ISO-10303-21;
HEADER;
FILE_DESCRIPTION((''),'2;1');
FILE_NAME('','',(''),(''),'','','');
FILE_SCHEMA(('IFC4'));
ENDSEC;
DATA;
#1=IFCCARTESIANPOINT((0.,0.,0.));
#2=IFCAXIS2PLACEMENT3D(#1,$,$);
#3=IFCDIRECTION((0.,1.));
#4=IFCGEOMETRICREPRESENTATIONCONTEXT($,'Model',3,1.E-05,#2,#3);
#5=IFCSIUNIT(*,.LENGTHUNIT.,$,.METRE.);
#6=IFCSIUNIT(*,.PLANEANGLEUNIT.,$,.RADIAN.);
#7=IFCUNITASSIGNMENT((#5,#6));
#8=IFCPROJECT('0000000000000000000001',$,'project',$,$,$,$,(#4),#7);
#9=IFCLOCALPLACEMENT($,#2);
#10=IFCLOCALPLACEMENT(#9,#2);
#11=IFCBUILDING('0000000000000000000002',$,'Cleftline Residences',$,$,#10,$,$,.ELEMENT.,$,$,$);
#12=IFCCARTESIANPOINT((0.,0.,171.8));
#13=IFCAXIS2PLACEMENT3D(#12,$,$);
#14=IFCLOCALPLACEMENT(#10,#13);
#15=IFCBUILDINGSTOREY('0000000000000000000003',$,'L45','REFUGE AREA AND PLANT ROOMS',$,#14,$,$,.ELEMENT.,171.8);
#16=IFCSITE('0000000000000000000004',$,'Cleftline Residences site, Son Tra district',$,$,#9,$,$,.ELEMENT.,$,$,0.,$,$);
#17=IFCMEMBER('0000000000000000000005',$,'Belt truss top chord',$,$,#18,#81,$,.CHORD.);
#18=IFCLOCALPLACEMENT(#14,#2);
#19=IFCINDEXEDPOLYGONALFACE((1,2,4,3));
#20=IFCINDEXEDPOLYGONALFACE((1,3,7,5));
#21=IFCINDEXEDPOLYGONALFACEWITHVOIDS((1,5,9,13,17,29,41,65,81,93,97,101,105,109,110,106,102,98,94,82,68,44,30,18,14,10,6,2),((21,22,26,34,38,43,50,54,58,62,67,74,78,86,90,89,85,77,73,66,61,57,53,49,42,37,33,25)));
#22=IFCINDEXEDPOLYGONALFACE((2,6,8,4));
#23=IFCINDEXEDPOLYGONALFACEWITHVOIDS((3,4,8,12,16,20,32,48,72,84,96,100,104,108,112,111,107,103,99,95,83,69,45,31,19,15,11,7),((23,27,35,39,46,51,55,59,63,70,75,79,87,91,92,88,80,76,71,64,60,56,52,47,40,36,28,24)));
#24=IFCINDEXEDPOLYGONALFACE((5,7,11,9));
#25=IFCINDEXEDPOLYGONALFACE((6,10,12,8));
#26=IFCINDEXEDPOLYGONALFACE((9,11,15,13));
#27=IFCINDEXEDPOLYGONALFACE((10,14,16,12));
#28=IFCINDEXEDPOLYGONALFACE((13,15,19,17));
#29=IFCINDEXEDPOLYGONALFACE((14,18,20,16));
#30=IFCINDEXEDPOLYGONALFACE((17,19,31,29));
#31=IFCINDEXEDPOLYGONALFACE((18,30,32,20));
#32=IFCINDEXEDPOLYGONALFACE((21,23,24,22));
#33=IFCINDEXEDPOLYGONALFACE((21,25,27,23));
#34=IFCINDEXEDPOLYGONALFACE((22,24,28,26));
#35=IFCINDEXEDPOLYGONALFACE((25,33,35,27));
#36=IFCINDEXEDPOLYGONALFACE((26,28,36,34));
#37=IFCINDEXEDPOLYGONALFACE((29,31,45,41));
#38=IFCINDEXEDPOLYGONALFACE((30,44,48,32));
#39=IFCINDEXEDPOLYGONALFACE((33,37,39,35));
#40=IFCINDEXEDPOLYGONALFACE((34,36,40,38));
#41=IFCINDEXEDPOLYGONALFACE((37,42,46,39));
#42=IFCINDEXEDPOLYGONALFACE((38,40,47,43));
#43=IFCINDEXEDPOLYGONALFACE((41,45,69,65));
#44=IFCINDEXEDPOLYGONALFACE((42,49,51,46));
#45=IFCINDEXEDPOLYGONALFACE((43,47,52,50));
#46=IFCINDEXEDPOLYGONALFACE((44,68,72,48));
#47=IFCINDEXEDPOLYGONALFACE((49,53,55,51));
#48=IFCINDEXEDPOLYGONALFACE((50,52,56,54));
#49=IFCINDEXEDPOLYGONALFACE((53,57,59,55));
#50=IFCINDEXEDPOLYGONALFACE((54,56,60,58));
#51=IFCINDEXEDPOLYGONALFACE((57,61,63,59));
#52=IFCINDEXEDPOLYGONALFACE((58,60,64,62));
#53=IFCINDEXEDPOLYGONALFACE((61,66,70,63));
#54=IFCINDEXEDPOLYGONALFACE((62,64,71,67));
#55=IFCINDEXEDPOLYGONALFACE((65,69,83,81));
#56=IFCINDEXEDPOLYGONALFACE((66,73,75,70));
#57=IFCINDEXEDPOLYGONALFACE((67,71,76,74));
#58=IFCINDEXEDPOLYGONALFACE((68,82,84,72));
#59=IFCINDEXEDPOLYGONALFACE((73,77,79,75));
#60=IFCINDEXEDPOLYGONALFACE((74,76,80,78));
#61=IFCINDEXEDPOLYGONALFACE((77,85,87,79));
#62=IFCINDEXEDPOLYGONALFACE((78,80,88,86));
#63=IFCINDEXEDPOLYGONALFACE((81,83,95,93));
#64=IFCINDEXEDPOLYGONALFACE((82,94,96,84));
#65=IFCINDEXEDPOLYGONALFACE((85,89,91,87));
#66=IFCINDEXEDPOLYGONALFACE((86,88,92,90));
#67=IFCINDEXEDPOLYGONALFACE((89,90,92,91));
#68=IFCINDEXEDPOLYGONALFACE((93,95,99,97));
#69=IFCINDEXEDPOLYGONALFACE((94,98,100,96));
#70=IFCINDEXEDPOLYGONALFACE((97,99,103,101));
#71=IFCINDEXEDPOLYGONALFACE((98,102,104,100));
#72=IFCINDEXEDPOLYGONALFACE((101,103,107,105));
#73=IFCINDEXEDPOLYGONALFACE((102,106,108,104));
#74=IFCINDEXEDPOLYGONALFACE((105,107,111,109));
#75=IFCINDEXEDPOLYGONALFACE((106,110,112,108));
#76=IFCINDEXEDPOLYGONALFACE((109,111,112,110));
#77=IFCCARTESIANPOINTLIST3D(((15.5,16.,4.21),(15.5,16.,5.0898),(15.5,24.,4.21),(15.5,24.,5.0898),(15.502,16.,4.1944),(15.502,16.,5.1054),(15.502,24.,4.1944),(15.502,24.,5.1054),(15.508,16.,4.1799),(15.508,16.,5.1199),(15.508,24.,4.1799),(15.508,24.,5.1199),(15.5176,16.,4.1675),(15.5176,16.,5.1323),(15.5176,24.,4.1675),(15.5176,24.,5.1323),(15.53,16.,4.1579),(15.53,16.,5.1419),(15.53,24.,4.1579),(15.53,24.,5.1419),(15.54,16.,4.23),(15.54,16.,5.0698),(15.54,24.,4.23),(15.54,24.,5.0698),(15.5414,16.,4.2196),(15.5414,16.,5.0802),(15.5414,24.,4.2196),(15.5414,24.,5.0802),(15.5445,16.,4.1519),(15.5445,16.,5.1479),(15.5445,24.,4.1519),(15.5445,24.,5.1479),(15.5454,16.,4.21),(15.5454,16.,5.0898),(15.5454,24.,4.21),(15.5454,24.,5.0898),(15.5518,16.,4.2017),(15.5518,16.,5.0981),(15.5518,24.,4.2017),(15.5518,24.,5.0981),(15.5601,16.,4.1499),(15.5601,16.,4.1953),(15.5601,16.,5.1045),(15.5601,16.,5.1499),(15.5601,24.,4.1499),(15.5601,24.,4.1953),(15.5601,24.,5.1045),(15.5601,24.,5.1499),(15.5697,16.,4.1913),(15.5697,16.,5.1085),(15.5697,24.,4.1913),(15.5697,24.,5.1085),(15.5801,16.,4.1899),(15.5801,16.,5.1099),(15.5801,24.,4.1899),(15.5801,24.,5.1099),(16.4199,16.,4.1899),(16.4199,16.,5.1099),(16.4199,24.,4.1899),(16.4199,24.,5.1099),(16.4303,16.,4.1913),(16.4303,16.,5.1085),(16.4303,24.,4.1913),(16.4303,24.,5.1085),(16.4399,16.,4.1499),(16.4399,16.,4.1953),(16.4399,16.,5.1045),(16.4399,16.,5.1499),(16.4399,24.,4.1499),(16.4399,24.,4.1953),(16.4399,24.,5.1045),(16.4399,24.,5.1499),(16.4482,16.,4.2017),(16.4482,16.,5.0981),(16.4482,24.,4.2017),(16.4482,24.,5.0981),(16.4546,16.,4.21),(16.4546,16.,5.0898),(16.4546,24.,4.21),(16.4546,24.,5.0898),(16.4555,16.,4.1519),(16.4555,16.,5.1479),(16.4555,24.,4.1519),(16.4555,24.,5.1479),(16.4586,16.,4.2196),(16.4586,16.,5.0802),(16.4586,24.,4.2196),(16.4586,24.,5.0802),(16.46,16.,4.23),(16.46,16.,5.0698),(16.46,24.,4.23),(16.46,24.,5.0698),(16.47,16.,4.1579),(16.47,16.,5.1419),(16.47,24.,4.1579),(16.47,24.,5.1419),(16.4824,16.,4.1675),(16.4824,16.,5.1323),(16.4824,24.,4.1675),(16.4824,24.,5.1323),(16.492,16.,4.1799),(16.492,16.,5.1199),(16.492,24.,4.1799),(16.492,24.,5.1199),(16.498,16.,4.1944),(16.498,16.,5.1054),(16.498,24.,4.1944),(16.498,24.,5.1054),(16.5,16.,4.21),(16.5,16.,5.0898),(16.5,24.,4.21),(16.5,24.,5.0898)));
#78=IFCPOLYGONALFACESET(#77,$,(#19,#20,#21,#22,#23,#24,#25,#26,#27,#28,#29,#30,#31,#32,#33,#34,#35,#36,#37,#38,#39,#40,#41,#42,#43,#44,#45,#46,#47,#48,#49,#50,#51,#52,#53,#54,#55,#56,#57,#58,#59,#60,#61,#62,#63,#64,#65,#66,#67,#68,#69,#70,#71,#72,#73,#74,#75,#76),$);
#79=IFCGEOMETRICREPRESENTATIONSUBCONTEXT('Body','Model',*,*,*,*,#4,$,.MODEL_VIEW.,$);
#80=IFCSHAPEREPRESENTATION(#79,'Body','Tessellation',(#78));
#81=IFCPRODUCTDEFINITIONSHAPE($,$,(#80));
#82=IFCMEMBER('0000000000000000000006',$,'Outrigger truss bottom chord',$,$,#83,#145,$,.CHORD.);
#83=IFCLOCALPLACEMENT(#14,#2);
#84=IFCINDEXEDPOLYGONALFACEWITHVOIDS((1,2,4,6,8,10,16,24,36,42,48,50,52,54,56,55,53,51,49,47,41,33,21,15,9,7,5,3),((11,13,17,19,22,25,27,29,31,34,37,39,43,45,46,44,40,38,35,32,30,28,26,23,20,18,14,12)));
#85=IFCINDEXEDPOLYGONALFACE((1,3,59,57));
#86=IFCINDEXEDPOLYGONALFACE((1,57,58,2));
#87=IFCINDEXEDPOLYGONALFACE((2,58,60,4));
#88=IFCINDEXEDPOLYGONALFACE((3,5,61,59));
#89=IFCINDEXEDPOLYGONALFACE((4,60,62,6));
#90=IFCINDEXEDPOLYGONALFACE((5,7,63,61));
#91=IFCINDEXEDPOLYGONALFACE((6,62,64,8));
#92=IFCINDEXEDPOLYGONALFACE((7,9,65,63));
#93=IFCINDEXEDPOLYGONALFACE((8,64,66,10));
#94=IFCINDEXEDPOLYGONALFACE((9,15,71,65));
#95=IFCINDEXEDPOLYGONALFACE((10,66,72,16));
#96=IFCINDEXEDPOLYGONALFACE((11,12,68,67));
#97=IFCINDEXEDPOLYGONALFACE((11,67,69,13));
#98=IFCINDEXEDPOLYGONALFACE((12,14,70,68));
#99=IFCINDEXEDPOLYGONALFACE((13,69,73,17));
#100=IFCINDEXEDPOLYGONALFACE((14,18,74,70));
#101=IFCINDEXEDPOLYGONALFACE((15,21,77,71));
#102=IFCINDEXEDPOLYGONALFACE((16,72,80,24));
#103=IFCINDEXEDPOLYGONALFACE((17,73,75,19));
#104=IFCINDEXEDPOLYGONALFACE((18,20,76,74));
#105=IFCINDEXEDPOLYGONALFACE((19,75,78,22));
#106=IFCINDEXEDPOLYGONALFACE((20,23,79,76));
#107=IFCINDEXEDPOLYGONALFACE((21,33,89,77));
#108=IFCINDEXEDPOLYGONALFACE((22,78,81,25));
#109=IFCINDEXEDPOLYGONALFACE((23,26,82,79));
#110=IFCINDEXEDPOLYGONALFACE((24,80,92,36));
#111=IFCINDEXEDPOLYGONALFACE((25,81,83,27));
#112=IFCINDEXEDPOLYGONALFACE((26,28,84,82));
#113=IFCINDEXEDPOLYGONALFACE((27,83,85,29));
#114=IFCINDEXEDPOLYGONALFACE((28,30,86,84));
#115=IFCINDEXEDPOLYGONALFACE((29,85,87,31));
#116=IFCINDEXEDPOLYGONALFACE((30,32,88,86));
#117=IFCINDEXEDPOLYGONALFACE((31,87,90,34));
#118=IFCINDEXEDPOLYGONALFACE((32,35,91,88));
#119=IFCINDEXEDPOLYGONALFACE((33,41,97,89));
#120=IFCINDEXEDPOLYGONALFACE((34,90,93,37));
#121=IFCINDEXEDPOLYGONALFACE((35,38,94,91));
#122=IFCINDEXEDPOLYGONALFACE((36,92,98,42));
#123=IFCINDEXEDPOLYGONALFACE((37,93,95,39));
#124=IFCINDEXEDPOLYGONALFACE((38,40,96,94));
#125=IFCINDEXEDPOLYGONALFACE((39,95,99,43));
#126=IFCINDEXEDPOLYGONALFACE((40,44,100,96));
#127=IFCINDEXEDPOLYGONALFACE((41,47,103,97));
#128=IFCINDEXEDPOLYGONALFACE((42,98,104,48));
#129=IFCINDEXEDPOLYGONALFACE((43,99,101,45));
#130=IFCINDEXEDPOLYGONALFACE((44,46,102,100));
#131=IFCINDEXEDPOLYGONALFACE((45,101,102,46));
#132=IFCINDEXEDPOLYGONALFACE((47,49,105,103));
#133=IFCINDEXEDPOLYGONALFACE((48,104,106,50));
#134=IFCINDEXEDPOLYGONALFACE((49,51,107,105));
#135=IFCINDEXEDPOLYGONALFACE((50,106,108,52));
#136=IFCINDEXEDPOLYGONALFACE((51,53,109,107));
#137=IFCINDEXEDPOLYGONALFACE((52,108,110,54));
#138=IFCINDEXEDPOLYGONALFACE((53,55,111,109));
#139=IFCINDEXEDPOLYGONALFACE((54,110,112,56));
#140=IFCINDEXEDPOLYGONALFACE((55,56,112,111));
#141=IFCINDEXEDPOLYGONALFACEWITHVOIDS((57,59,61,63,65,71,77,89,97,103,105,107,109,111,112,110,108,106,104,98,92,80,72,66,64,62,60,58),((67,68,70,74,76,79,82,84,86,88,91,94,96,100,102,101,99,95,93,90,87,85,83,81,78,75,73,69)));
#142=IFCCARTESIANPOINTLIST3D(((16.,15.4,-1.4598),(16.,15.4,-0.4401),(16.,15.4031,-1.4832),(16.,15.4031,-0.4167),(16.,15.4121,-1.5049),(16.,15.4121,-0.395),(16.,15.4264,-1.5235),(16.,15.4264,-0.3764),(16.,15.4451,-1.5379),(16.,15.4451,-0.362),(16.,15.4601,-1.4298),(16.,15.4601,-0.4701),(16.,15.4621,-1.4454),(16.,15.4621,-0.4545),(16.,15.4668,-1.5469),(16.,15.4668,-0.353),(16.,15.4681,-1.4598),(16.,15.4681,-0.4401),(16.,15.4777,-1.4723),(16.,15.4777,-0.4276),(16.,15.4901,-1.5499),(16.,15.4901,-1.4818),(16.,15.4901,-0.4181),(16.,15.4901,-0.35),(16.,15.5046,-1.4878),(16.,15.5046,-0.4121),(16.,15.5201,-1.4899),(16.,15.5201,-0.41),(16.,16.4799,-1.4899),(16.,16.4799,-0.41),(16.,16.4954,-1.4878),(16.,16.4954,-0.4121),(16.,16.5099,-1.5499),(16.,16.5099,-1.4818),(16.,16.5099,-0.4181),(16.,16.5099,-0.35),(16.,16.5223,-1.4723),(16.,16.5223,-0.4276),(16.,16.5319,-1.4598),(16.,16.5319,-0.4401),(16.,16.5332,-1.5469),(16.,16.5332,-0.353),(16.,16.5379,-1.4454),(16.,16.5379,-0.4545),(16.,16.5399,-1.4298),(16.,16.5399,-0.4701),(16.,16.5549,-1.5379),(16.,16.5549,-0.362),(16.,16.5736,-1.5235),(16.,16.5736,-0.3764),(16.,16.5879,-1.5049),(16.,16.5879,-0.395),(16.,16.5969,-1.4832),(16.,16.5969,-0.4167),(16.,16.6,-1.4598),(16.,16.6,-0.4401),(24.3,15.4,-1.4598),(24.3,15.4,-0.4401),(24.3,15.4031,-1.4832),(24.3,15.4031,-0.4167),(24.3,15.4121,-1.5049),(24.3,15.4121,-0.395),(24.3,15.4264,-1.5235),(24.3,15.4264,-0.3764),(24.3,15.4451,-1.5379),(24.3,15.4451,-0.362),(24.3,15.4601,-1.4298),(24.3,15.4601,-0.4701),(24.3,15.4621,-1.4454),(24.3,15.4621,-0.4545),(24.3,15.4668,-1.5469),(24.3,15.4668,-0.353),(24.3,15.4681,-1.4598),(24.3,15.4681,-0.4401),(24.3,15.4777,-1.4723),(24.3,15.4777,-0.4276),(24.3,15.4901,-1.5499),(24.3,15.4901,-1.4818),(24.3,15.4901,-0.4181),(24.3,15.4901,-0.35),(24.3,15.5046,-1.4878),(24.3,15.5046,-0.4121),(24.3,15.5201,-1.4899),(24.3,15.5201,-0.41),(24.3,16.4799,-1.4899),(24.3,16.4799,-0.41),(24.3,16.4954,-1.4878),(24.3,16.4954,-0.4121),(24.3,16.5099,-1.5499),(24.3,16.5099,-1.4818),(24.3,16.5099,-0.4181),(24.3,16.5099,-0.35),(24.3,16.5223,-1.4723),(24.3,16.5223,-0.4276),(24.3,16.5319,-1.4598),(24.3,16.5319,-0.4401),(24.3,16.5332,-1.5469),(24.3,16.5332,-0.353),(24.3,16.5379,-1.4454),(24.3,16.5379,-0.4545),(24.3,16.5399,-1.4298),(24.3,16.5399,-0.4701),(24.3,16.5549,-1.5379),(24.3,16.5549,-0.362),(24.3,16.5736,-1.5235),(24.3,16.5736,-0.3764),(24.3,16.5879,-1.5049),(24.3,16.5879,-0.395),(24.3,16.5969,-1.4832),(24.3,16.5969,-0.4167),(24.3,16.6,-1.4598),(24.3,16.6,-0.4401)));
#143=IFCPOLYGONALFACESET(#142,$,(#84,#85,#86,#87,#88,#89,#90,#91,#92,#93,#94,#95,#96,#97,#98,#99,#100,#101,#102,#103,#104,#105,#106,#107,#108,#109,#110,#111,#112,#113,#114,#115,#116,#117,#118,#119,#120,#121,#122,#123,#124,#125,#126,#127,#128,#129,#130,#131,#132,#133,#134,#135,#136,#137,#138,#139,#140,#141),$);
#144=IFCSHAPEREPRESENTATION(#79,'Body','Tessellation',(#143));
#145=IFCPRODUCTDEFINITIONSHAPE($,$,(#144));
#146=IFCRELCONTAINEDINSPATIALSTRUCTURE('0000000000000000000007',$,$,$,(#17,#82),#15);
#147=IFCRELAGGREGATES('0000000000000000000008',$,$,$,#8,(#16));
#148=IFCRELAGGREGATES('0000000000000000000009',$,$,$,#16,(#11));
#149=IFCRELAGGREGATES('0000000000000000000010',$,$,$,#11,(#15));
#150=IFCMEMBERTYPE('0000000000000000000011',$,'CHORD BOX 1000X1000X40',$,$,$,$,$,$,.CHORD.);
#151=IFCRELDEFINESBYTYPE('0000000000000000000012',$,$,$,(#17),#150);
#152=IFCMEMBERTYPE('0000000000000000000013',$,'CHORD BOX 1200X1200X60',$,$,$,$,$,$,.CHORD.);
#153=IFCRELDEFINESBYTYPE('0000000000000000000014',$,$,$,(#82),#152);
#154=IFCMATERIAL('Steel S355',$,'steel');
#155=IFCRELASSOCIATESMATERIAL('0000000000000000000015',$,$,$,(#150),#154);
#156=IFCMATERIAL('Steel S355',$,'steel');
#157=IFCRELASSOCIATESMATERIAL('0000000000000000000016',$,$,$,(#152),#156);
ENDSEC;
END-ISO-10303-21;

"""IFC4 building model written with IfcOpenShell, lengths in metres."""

from ifc_helpers import new_model, si_unit, direction, frame, origin, origin_2d, place, context, subcontext, project, spatial, hollow_rectangle, extrude, material, material_profile, profile_set, type_object, element, save


model = new_model("IFC4")

# Units and contexts
model_context = context("Model", 3, precision=1e-05, world=origin(), true_north=direction((0.0, 1.0)))
body_context = subcontext(model_context, "Body", "Model", "MODEL_VIEW")
ifc_project = project(units=[si_unit("LENGTHUNIT", "METRE"), si_unit("PLANEANGLEUNIT", "RADIAN")], contexts=[model_context])

# Site, building, storey
site_placement = place(None, origin())
site = spatial("IfcSite", under=ifc_project, at=site_placement, Name="Cleftline Residences site, Son Tra district", CompositionType="ELEMENT", RefElevation=0.0)
building_placement = place(site_placement, origin())
building = spatial("IfcBuilding", under=site, at=building_placement, Name="Cleftline Residences", CompositionType="ELEMENT")
storey_placement = place(building_placement, frame((0.0, 0.0, 171.8)))
storey = spatial("IfcBuildingStorey", under=building, at=storey_placement, Name="L45", Description="REFUGE AREA AND PLANT ROOMS", CompositionType="ELEMENT", Elevation=171.8)

# Members
ifc_material_1 = material(Name="Steel S355", Category="steel")
ifc_material_profile_1 = material_profile(ifc_material_1, hollow_rectangle(XDim=1.0, YDim=1.0, WallThickness=0.04, InnerFilletRadius=0.04, OuterFilletRadius=0.0601, at=origin_2d()))
ifc_profile_set_1 = profile_set([ifc_material_profile_1], Name="Steel S355")
member_type_1 = type_object("IfcMemberType", Name="CHORD BOX 1000X1000X40", PredefinedType="CHORD", material=ifc_profile_set_1)
for number, where, z_axis, x_axis, name in (
    (1, (16.0, 16.0, 4.6499), (0.0, 1.0, 0.0), (-1.0, 0.0, 0.0), "Belt truss top chord"),
):
    element("IfcMember", number, at=place(storey_placement, frame(where, z_axis=z_axis, x_axis=x_axis)), inside=storey, type_object=member_type_1, Name=name, PredefinedType="CHORD", context=body_context, shape_type="SweptSolid", body=[
        extrude(hollow_rectangle(XDim=1.0, YDim=1.0, WallThickness=0.04, InnerFilletRadius=0.04, OuterFilletRadius=0.0601, at=origin_2d()), origin(), (0.0, 0.0, 1.0), 8.0),
    ])
ifc_material_2 = material(Name="Steel S355", Category="steel")
ifc_material_profile_2 = material_profile(ifc_material_2, hollow_rectangle(XDim=1.2, YDim=1.2, WallThickness=0.0601, InnerFilletRadius=0.0601, OuterFilletRadius=0.0901, at=origin_2d()))
ifc_profile_set_2 = profile_set([ifc_material_profile_2], Name="Steel S355")
member_type_2 = type_object("IfcMemberType", Name="CHORD BOX 1200X1200X60", PredefinedType="CHORD", material=ifc_profile_set_2)
for number, where, z_axis, x_axis, name in (
    (2, (24.3, 16.0, -0.95), (-1.0, 0.0, 0.0), (0.0, -1.0, 0.0), "Outrigger truss bottom chord"),
):
    element("IfcMember", number, at=place(storey_placement, frame(where, z_axis=z_axis, x_axis=x_axis)), inside=storey, type_object=member_type_2, Name=name, PredefinedType="CHORD", context=body_context, shape_type="SweptSolid", body=[
        extrude(hollow_rectangle(XDim=1.2, YDim=1.2, WallThickness=0.0601, InnerFilletRadius=0.0601, OuterFilletRadius=0.0901, at=origin_2d()), origin(), (0.0, 0.0, 1.0), 8.3),
    ])

save(model, "model.ifc")
